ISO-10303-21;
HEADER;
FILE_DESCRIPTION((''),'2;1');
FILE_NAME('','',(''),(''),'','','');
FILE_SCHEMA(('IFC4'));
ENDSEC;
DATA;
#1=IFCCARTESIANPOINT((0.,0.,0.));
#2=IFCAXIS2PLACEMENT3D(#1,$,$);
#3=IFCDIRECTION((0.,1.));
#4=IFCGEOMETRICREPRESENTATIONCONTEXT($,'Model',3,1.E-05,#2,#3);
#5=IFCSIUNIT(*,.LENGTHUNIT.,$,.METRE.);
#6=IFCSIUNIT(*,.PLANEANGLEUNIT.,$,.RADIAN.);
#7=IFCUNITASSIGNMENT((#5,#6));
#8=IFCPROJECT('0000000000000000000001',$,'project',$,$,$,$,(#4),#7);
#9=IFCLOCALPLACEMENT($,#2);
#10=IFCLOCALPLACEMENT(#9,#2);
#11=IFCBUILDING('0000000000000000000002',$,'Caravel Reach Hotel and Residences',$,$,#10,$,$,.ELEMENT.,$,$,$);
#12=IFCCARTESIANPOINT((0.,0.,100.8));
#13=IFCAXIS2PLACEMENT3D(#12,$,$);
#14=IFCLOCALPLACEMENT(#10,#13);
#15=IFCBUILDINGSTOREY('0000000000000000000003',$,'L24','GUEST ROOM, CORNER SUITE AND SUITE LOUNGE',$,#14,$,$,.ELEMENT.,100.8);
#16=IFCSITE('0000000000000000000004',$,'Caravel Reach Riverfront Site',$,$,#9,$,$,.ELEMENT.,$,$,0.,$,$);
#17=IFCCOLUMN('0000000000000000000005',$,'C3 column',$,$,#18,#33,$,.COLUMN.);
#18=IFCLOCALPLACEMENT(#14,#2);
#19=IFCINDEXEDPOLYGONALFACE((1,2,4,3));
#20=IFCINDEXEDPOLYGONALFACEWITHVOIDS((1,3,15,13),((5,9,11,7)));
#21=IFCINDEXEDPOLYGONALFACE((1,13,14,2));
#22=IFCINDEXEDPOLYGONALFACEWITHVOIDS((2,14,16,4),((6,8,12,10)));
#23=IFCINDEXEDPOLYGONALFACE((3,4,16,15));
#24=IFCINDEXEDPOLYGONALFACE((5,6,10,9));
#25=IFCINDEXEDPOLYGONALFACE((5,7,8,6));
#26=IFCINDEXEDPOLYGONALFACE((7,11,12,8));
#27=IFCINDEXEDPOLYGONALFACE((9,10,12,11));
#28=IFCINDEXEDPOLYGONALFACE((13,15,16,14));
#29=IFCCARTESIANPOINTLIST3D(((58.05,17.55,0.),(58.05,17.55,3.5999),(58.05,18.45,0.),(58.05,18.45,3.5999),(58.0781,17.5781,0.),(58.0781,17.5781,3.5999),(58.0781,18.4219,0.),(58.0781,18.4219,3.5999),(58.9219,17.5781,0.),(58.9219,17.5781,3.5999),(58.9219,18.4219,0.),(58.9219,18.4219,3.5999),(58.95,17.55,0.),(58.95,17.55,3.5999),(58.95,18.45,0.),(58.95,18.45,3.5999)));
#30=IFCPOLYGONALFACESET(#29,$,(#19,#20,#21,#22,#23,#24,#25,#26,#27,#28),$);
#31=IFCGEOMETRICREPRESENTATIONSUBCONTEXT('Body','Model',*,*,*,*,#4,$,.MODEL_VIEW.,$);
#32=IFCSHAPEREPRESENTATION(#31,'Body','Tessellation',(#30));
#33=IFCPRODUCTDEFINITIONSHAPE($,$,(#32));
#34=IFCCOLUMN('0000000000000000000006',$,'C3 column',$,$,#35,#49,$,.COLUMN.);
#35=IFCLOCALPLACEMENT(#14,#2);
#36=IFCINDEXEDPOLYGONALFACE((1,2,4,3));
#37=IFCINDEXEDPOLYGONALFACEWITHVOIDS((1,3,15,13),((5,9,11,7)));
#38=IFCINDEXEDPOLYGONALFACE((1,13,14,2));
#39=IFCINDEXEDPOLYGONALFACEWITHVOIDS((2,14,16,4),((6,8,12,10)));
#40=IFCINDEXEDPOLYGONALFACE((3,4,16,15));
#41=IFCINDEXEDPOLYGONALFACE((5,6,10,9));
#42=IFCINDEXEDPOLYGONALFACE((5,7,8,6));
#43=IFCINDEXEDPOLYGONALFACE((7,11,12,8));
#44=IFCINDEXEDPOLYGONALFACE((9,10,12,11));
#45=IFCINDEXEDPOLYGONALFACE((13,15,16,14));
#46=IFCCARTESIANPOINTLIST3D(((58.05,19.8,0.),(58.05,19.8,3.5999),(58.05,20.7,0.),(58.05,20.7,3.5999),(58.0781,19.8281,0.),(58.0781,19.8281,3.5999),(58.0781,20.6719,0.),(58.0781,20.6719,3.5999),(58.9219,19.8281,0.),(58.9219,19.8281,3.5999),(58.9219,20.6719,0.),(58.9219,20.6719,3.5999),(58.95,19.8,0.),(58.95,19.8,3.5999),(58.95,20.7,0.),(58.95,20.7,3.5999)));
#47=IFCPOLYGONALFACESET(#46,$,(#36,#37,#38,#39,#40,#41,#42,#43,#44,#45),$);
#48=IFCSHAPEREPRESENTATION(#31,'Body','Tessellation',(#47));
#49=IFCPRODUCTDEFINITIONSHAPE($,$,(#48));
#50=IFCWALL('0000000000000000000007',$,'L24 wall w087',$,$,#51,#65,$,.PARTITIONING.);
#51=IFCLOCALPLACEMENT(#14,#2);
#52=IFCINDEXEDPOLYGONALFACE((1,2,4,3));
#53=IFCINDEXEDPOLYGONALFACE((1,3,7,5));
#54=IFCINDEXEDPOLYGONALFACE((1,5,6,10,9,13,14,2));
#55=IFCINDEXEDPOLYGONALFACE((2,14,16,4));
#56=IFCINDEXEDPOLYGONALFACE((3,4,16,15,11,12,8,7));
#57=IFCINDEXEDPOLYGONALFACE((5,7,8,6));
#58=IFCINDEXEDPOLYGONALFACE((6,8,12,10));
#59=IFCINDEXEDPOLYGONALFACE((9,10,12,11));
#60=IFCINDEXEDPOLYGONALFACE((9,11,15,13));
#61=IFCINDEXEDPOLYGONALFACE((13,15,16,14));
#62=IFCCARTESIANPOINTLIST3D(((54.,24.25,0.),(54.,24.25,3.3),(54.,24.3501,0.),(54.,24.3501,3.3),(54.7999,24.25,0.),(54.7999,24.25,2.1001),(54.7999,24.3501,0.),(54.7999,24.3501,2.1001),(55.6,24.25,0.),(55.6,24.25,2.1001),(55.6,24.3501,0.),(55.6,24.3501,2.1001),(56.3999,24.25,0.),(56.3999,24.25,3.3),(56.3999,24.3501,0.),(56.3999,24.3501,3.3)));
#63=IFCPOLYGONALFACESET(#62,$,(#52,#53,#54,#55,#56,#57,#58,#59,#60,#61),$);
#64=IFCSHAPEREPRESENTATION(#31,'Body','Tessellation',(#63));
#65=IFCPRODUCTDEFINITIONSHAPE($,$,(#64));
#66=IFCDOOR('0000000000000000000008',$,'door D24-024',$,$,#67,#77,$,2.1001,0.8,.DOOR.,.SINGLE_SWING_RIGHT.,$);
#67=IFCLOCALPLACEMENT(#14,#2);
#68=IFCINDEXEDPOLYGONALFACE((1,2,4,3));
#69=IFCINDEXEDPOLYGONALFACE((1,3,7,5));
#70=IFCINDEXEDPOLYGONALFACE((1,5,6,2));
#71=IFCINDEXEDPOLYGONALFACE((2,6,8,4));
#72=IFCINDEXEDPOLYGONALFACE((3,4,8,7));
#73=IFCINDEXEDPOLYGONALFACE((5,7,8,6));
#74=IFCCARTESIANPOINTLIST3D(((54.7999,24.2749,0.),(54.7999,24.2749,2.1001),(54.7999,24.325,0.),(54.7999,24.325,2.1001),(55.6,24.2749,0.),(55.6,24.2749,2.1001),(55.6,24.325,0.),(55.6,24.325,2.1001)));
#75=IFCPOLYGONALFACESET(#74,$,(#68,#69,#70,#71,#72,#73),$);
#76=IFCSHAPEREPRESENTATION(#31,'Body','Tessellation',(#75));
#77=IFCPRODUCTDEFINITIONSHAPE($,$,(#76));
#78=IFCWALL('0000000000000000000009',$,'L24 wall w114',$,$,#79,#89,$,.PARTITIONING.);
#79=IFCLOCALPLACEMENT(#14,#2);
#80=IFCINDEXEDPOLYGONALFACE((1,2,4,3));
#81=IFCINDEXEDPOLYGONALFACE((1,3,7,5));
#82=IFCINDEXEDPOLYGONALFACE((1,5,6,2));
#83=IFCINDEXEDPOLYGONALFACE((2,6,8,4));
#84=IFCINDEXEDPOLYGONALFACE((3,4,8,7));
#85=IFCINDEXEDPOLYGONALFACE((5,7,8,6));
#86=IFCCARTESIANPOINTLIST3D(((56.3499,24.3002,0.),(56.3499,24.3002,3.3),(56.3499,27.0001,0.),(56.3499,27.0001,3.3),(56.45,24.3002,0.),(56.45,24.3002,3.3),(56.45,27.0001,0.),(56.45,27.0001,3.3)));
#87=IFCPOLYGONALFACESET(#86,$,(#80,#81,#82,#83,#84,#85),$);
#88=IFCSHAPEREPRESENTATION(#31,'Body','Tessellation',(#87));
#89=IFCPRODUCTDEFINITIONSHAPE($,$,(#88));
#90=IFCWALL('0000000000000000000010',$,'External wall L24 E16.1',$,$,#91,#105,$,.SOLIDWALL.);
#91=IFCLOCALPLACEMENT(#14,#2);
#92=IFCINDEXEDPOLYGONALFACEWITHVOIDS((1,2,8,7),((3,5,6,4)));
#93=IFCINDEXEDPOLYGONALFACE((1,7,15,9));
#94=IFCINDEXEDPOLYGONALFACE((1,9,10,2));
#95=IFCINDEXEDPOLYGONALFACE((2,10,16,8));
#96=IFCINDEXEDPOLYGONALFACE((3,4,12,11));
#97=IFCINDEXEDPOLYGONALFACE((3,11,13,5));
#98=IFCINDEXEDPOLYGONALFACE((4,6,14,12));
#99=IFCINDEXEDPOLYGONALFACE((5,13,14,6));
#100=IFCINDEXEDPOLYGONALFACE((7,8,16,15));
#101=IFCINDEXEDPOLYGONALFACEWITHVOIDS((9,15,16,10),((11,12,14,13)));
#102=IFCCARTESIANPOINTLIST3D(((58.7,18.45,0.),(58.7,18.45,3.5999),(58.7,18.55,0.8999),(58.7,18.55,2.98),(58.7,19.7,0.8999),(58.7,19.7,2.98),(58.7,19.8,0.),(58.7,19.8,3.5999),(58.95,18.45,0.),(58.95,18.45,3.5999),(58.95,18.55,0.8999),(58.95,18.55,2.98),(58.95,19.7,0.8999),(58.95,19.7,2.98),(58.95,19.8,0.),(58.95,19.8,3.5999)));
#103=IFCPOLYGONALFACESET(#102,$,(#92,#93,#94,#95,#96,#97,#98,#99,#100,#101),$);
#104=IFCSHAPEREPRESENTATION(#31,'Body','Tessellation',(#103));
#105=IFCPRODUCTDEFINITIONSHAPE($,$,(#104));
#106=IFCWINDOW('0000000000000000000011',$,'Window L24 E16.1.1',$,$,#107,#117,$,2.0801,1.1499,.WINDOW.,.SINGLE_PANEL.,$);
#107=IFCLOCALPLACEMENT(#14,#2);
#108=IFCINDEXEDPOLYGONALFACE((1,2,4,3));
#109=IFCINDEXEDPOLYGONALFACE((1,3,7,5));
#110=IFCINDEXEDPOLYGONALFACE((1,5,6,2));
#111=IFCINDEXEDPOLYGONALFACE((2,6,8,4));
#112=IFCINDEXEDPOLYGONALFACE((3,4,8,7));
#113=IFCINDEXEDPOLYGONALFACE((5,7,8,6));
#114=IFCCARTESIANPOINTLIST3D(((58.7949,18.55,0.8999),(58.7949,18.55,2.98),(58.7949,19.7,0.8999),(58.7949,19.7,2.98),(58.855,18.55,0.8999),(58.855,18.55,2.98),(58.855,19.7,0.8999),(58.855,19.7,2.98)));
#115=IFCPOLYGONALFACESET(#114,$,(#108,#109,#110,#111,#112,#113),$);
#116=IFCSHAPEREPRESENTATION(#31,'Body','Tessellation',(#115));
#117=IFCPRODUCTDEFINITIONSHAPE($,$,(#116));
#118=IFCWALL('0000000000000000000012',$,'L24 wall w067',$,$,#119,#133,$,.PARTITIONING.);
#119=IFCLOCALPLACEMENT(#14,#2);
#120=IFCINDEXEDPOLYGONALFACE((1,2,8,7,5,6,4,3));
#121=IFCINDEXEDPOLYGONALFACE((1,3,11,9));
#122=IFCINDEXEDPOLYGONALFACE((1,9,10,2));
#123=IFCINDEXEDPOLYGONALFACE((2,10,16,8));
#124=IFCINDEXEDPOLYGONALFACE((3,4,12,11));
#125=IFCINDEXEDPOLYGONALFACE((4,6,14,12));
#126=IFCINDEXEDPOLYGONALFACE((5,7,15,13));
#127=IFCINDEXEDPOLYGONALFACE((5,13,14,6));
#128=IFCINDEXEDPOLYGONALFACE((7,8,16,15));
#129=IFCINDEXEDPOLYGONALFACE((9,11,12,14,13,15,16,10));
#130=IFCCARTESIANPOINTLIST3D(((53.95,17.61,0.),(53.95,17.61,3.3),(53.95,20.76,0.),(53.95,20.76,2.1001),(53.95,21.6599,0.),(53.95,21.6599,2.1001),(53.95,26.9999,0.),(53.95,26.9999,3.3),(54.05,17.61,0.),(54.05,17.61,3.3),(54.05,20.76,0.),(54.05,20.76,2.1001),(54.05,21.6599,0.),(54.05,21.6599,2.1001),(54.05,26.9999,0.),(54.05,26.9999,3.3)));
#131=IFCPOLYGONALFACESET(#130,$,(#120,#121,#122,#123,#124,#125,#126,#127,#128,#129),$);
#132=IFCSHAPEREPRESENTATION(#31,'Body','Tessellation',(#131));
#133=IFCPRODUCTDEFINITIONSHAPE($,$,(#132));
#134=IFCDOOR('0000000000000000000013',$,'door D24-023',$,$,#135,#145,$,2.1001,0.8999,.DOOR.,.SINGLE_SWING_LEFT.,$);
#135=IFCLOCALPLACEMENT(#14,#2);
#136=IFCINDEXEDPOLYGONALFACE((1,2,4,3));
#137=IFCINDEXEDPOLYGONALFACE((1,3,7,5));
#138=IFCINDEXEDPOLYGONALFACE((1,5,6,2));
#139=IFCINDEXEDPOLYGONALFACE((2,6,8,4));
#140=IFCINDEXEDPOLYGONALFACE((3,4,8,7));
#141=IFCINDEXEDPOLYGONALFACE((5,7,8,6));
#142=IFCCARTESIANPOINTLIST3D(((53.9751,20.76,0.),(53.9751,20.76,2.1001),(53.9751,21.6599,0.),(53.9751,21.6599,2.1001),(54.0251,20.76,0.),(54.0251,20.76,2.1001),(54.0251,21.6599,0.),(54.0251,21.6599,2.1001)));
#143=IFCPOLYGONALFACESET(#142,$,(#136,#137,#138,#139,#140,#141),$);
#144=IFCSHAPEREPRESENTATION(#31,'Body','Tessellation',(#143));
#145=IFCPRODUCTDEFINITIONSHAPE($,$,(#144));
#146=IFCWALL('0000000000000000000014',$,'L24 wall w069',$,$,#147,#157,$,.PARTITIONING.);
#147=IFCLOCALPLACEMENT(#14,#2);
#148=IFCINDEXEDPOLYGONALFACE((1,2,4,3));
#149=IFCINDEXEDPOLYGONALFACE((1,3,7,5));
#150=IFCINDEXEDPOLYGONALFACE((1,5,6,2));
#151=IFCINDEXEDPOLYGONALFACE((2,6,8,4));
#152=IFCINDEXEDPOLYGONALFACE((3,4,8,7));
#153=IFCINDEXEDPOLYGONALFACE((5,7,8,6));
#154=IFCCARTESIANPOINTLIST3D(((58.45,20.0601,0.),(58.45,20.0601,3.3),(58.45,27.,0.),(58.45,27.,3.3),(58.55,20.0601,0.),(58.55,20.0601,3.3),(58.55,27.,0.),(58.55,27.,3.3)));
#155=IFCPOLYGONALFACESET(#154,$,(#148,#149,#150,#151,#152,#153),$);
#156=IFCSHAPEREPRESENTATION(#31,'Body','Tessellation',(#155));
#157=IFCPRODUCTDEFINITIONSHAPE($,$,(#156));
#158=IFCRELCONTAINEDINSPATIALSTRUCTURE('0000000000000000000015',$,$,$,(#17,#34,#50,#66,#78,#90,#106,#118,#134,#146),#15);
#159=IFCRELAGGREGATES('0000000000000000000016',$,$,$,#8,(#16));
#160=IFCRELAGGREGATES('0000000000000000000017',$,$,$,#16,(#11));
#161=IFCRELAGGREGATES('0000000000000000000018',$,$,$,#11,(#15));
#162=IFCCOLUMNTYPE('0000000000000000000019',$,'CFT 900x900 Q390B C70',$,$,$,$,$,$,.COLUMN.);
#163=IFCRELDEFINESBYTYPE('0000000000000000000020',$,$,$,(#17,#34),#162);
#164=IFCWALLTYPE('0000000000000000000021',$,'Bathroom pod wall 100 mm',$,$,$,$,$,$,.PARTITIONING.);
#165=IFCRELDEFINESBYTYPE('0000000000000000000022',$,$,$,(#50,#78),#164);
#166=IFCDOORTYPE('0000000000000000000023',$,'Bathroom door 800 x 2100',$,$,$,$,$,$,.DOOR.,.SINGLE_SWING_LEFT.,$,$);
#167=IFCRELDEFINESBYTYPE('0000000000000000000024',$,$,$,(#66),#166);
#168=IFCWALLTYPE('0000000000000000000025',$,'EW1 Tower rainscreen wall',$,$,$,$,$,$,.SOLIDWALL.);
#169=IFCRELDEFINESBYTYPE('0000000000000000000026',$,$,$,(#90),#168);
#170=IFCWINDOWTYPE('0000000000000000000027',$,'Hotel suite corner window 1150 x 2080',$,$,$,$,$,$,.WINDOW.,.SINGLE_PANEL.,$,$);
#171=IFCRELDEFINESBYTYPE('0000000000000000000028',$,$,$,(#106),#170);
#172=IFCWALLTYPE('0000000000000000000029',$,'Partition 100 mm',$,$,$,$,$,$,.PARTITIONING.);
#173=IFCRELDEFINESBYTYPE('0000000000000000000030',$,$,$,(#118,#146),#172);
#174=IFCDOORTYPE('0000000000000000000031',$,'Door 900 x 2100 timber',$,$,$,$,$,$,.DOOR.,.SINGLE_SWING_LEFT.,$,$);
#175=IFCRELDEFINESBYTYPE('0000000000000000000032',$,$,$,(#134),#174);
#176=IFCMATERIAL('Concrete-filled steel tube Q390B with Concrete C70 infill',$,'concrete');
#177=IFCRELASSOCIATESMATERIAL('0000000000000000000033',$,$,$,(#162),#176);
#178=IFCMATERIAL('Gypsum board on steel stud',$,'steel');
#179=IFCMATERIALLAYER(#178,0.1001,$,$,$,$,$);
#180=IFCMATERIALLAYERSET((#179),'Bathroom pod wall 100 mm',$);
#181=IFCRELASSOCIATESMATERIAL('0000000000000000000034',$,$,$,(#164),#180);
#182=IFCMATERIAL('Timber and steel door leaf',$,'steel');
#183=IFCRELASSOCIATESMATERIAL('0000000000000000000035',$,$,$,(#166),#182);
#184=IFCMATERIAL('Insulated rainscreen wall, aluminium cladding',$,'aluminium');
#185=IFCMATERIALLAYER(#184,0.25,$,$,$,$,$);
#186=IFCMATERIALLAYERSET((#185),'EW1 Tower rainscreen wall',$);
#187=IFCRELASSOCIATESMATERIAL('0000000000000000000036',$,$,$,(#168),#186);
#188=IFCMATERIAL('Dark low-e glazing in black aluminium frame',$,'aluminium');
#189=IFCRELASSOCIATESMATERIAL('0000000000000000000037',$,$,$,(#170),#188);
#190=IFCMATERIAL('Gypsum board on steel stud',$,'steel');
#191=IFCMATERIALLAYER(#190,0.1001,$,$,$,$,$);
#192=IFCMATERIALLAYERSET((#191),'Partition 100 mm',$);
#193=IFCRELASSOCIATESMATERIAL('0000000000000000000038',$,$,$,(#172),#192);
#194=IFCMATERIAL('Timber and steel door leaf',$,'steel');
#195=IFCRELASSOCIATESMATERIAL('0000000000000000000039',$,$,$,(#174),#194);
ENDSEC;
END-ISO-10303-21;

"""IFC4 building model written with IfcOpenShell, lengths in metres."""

from ifc_helpers import new_model, si_unit, direction, frame, frame_2d, origin, origin_2d, place, context, subcontext, project, spatial, rectangle, hollow_rectangle, extrude, material, layer, layer_set, material_profile, profile_set, type_object, element, fill, save


model = new_model("IFC4")

# Units and contexts
model_context = context("Model", 3, precision=1e-05, world=origin(), true_north=direction((0.0, 1.0)))
body_context = subcontext(model_context, "Body", "Model", "MODEL_VIEW")
ifc_project = project(units=[si_unit("LENGTHUNIT", "METRE"), si_unit("PLANEANGLEUNIT", "RADIAN")], contexts=[model_context])

# Site, building, storey
site_placement = place(None, origin())
site = spatial("IfcSite", under=ifc_project, at=site_placement, Name="Caravel Reach Riverfront Site", CompositionType="ELEMENT", RefElevation=0.0)
building_placement = place(site_placement, origin())
building = spatial("IfcBuilding", under=site, at=building_placement, Name="Caravel Reach Hotel and Residences", CompositionType="ELEMENT")
storey_placement = place(building_placement, frame((0.0, 0.0, 100.8)))
storey = spatial("IfcBuildingStorey", under=building, at=storey_placement, Name="L24", Description="GUEST ROOM, CORNER SUITE AND SUITE LOUNGE", CompositionType="ELEMENT", Elevation=100.8)

# Columns
ifc_material_1 = material(Name="Concrete-filled steel tube Q390B with Concrete C70 infill", Category="concrete")
ifc_material_profile = material_profile(ifc_material_1, hollow_rectangle(XDim=0.8999, YDim=0.8999, WallThickness=0.0281, at=origin_2d()), Name="RHS 900x900x28")
ifc_profile_set = profile_set([ifc_material_profile], Name="Concrete-filled steel tube Q390B with Concrete C70 infill")
column_type = type_object("IfcColumnType", Name="CFT 900x900 Q390B C70", PredefinedType="COLUMN", material=ifc_profile_set)
for number, where, z_axis, x_axis, name in (
    (1, (58.5, 18.0, 0.0), (0.0, 0.0, 1.0), (1.0, 0.0, 0.0), "C3 column"),
    (2, (58.5, 20.25, 0.0), (0.0, 0.0, 1.0), (1.0, 0.0, 0.0), "C3 column"),
):
    element("IfcColumn", number, at=place(storey_placement, frame(where, z_axis=z_axis, x_axis=x_axis)), inside=storey, type_object=column_type, Name=name, PredefinedType="COLUMN", context=body_context, shape_type="SweptSolid", body=[
        extrude(hollow_rectangle(XDim=0.8999, YDim=0.8999, WallThickness=0.0281, at=origin_2d()), origin(), (0.0, 0.0, 1.0), 3.5999),
    ])

# Wall, opening, door
ifc_material_2 = material(Name="Gypsum board on steel stud", Category="steel")
ifc_layer_1 = layer(ifc_material_2, 0.1001)
ifc_layer_set_1 = layer_set([ifc_layer_1], Name="Bathroom pod wall 100 mm")
wall_type_1 = type_object("IfcWallType", Name="Bathroom pod wall 100 mm", PredefinedType="PARTITIONING", material=ifc_layer_set_1)
wall_1_placement = place(storey_placement, frame((54.0, 24.3, 0.0), z_axis=(0.0, 0.0, 1.0), x_axis=(1.0, 0.0, 0.0)))
wall_1 = element("IfcWall", 3, at=wall_1_placement, inside=storey, type_object=wall_type_1, Name="L24 wall w087", PredefinedType="PARTITIONING", context=body_context, shape_type="SweptSolid", body=[
    extrude(rectangle(XDim=2.3999, YDim=0.1001, at=frame_2d((1.2, 0.0))), origin(), (0.0, 0.0, 1.0), 3.3),
])
opening_1_placement = place(wall_1_placement, frame((0.8, 0.0, 0.0)))
opening_1 = element("IfcOpeningElement", 4, at=opening_1_placement, cuts=wall_1, PredefinedType="OPENING", context=body_context, shape_type="SweptSolid", body=[
    extrude(rectangle(XDim=0.8, YDim=2.1001, at=frame_2d((0.3999, 1.05))), frame((0.0, 0.0601, 0.0), z_axis=(0.0, -1.0, 0.0), x_axis=(1.0, 0.0, 0.0)), (0.0, 0.0, 1.0), 0.1201),
])
ifc_material_3 = material(Name="Timber and steel door leaf", Category="steel")
door_type_1 = type_object("IfcDoorType", Name="Bathroom door 800 x 2100", OperationType="SINGLE_SWING_LEFT", PredefinedType="DOOR", material=ifc_material_3)
door_1_placement = place(opening_1_placement, origin())
door_1 = element("IfcDoor", 5, at=door_1_placement, inside=storey, type_object=door_type_1, Name="door D24-024", OperationType="SINGLE_SWING_RIGHT", OverallHeight=2.1001, OverallWidth=0.8, PredefinedType="DOOR", context=body_context, shape_type="SweptSolid", body=[
    extrude(rectangle(XDim=0.8, YDim=2.1001, at=frame_2d((0.3999, 1.05))), frame((0.0, 0.0249, 0.0), z_axis=(0.0, -1.0, 0.0), x_axis=(1.0, 0.0, 0.0)), (0.0, 0.0, 1.0), 0.05),
])
fill(opening_1, door_1)

# Wall
wall_2_placement = place(storey_placement, frame((56.3999, 24.3, 0.0), z_axis=(0.0, 0.0, 1.0), x_axis=(0.0, 1.0, 0.0)))
element("IfcWall", 6, at=wall_2_placement, inside=storey, type_object=wall_type_1, Name="L24 wall w114", PredefinedType="PARTITIONING", context=body_context, shape_type="SweptSolid", body=[
    extrude(rectangle(XDim=2.7, YDim=0.1001, at=frame_2d((1.3501, 0.0))), origin(), (0.0, 0.0, 1.0), 3.3),
])

# Wall, opening, window
ifc_material_4 = material(Name="Insulated rainscreen wall, aluminium cladding", Category="aluminium")
ifc_layer_2 = layer(ifc_material_4, 0.25)
ifc_layer_set_2 = layer_set([ifc_layer_2], Name="EW1 Tower rainscreen wall")
wall_type_2 = type_object("IfcWallType", Name="EW1 Tower rainscreen wall", PredefinedType="SOLIDWALL", material=ifc_layer_set_2)
wall_3_placement = place(storey_placement, frame((58.825, 18.45, 0.0), z_axis=(0.0, 0.0, 1.0), x_axis=(0.0, 1.0, 0.0)))
wall_3 = element("IfcWall", 7, at=wall_3_placement, inside=storey, type_object=wall_type_2, Name="External wall L24 E16.1", PredefinedType="SOLIDWALL", context=body_context, shape_type="SweptSolid", body=[
    extrude(rectangle(XDim=1.3501, YDim=0.25, at=frame_2d((0.675, 0.0))), origin(), (0.0, 0.0, 1.0), 3.5999),
])
opening_2_placement = place(wall_3_placement, frame((0.1001, 0.0, 0.8999)))
opening_2 = element("IfcOpeningElement", 8, at=opening_2_placement, cuts=wall_3, PredefinedType="OPENING", context=body_context, shape_type="SweptSolid", body=[
    extrude(rectangle(XDim=1.1499, YDim=2.0801, at=frame_2d((0.575, 1.04))), frame((0.0, 0.135, 0.0), z_axis=(0.0, -1.0, 0.0), x_axis=(1.0, 0.0, 0.0)), (0.0, 0.0, 1.0), 0.27),
])
ifc_material_5 = material(Name="Dark low-e glazing in black aluminium frame", Category="aluminium")
window_type = type_object("IfcWindowType", Name="Hotel suite corner window 1150 x 2080", PartitioningType="SINGLE_PANEL", PredefinedType="WINDOW", material=ifc_material_5)
window_placement = place(opening_2_placement, origin())
window = element("IfcWindow", 9, at=window_placement, inside=storey, type_object=window_type, Name="Window L24 E16.1.1", OverallHeight=2.0801, OverallWidth=1.1499, PartitioningType="SINGLE_PANEL", PredefinedType="WINDOW", context=body_context, shape_type="SweptSolid", body=[
    extrude(rectangle(XDim=1.1499, YDim=2.0801, at=frame_2d((0.575, 1.04))), frame((0.0, 0.03, 0.0), z_axis=(0.0, -1.0, 0.0), x_axis=(1.0, 0.0, 0.0)), (0.0, 0.0, 1.0), 0.0601),
])
fill(opening_2, window)

# Wall, opening, door
ifc_material_6 = material(Name="Gypsum board on steel stud", Category="steel")
ifc_layer_3 = layer(ifc_material_6, 0.1001)
ifc_layer_set_3 = layer_set([ifc_layer_3], Name="Partition 100 mm")
wall_type_3 = type_object("IfcWallType", Name="Partition 100 mm", PredefinedType="PARTITIONING", material=ifc_layer_set_3)
wall_4_placement = place(storey_placement, frame((54.0, 17.6101, 0.0), z_axis=(0.0, 0.0, 1.0), x_axis=(0.0, 1.0, 0.0)))
wall_4 = element("IfcWall", 10, at=wall_4_placement, inside=storey, type_object=wall_type_3, Name="L24 wall w067", PredefinedType="PARTITIONING", context=body_context, shape_type="SweptSolid", body=[
    extrude(rectangle(XDim=9.3899, YDim=0.1001, at=frame_2d((4.6948, 0.0))), origin(), (0.0, 0.0, 1.0), 3.3),
])
opening_3_placement = place(wall_4_placement, frame((3.1499, 0.0, 0.0)))
opening_3 = element("IfcOpeningElement", 11, at=opening_3_placement, cuts=wall_4, PredefinedType="OPENING", context=body_context, shape_type="SweptSolid", body=[
    extrude(rectangle(XDim=0.8999, YDim=2.1001, at=frame_2d((0.45, 1.05))), frame((0.0, 0.0601, 0.0), z_axis=(0.0, -1.0, 0.0), x_axis=(1.0, 0.0, 0.0)), (0.0, 0.0, 1.0), 0.1201),
])
ifc_material_7 = material(Name="Timber and steel door leaf", Category="steel")
door_type_2 = type_object("IfcDoorType", Name="Door 900 x 2100 timber", OperationType="SINGLE_SWING_LEFT", PredefinedType="DOOR", material=ifc_material_7)
door_2_placement = place(opening_3_placement, origin())
door_2 = element("IfcDoor", 12, at=door_2_placement, inside=storey, type_object=door_type_2, Name="door D24-023", OperationType="SINGLE_SWING_LEFT", OverallHeight=2.1001, OverallWidth=0.8999, PredefinedType="DOOR", context=body_context, shape_type="SweptSolid", body=[
    extrude(rectangle(XDim=0.8999, YDim=2.1001, at=frame_2d((0.45, 1.05))), frame((0.0, 0.0249, 0.0), z_axis=(0.0, -1.0, 0.0), x_axis=(1.0, 0.0, 0.0)), (0.0, 0.0, 1.0), 0.05),
])
fill(opening_3, door_2)

# Wall
wall_5_placement = place(storey_placement, frame((58.5, 20.0601, 0.0), z_axis=(0.0, 0.0, 1.0), x_axis=(0.0, 1.0, 0.0)))
element("IfcWall", 13, at=wall_5_placement, inside=storey, type_object=wall_type_3, Name="L24 wall w069", PredefinedType="PARTITIONING", context=body_context, shape_type="SweptSolid", body=[
    extrude(rectangle(XDim=6.9399, YDim=0.1001, at=frame_2d((3.47, 0.0))), origin(), (0.0, 0.0, 1.0), 3.3),
])

save(model, "model.ifc")
